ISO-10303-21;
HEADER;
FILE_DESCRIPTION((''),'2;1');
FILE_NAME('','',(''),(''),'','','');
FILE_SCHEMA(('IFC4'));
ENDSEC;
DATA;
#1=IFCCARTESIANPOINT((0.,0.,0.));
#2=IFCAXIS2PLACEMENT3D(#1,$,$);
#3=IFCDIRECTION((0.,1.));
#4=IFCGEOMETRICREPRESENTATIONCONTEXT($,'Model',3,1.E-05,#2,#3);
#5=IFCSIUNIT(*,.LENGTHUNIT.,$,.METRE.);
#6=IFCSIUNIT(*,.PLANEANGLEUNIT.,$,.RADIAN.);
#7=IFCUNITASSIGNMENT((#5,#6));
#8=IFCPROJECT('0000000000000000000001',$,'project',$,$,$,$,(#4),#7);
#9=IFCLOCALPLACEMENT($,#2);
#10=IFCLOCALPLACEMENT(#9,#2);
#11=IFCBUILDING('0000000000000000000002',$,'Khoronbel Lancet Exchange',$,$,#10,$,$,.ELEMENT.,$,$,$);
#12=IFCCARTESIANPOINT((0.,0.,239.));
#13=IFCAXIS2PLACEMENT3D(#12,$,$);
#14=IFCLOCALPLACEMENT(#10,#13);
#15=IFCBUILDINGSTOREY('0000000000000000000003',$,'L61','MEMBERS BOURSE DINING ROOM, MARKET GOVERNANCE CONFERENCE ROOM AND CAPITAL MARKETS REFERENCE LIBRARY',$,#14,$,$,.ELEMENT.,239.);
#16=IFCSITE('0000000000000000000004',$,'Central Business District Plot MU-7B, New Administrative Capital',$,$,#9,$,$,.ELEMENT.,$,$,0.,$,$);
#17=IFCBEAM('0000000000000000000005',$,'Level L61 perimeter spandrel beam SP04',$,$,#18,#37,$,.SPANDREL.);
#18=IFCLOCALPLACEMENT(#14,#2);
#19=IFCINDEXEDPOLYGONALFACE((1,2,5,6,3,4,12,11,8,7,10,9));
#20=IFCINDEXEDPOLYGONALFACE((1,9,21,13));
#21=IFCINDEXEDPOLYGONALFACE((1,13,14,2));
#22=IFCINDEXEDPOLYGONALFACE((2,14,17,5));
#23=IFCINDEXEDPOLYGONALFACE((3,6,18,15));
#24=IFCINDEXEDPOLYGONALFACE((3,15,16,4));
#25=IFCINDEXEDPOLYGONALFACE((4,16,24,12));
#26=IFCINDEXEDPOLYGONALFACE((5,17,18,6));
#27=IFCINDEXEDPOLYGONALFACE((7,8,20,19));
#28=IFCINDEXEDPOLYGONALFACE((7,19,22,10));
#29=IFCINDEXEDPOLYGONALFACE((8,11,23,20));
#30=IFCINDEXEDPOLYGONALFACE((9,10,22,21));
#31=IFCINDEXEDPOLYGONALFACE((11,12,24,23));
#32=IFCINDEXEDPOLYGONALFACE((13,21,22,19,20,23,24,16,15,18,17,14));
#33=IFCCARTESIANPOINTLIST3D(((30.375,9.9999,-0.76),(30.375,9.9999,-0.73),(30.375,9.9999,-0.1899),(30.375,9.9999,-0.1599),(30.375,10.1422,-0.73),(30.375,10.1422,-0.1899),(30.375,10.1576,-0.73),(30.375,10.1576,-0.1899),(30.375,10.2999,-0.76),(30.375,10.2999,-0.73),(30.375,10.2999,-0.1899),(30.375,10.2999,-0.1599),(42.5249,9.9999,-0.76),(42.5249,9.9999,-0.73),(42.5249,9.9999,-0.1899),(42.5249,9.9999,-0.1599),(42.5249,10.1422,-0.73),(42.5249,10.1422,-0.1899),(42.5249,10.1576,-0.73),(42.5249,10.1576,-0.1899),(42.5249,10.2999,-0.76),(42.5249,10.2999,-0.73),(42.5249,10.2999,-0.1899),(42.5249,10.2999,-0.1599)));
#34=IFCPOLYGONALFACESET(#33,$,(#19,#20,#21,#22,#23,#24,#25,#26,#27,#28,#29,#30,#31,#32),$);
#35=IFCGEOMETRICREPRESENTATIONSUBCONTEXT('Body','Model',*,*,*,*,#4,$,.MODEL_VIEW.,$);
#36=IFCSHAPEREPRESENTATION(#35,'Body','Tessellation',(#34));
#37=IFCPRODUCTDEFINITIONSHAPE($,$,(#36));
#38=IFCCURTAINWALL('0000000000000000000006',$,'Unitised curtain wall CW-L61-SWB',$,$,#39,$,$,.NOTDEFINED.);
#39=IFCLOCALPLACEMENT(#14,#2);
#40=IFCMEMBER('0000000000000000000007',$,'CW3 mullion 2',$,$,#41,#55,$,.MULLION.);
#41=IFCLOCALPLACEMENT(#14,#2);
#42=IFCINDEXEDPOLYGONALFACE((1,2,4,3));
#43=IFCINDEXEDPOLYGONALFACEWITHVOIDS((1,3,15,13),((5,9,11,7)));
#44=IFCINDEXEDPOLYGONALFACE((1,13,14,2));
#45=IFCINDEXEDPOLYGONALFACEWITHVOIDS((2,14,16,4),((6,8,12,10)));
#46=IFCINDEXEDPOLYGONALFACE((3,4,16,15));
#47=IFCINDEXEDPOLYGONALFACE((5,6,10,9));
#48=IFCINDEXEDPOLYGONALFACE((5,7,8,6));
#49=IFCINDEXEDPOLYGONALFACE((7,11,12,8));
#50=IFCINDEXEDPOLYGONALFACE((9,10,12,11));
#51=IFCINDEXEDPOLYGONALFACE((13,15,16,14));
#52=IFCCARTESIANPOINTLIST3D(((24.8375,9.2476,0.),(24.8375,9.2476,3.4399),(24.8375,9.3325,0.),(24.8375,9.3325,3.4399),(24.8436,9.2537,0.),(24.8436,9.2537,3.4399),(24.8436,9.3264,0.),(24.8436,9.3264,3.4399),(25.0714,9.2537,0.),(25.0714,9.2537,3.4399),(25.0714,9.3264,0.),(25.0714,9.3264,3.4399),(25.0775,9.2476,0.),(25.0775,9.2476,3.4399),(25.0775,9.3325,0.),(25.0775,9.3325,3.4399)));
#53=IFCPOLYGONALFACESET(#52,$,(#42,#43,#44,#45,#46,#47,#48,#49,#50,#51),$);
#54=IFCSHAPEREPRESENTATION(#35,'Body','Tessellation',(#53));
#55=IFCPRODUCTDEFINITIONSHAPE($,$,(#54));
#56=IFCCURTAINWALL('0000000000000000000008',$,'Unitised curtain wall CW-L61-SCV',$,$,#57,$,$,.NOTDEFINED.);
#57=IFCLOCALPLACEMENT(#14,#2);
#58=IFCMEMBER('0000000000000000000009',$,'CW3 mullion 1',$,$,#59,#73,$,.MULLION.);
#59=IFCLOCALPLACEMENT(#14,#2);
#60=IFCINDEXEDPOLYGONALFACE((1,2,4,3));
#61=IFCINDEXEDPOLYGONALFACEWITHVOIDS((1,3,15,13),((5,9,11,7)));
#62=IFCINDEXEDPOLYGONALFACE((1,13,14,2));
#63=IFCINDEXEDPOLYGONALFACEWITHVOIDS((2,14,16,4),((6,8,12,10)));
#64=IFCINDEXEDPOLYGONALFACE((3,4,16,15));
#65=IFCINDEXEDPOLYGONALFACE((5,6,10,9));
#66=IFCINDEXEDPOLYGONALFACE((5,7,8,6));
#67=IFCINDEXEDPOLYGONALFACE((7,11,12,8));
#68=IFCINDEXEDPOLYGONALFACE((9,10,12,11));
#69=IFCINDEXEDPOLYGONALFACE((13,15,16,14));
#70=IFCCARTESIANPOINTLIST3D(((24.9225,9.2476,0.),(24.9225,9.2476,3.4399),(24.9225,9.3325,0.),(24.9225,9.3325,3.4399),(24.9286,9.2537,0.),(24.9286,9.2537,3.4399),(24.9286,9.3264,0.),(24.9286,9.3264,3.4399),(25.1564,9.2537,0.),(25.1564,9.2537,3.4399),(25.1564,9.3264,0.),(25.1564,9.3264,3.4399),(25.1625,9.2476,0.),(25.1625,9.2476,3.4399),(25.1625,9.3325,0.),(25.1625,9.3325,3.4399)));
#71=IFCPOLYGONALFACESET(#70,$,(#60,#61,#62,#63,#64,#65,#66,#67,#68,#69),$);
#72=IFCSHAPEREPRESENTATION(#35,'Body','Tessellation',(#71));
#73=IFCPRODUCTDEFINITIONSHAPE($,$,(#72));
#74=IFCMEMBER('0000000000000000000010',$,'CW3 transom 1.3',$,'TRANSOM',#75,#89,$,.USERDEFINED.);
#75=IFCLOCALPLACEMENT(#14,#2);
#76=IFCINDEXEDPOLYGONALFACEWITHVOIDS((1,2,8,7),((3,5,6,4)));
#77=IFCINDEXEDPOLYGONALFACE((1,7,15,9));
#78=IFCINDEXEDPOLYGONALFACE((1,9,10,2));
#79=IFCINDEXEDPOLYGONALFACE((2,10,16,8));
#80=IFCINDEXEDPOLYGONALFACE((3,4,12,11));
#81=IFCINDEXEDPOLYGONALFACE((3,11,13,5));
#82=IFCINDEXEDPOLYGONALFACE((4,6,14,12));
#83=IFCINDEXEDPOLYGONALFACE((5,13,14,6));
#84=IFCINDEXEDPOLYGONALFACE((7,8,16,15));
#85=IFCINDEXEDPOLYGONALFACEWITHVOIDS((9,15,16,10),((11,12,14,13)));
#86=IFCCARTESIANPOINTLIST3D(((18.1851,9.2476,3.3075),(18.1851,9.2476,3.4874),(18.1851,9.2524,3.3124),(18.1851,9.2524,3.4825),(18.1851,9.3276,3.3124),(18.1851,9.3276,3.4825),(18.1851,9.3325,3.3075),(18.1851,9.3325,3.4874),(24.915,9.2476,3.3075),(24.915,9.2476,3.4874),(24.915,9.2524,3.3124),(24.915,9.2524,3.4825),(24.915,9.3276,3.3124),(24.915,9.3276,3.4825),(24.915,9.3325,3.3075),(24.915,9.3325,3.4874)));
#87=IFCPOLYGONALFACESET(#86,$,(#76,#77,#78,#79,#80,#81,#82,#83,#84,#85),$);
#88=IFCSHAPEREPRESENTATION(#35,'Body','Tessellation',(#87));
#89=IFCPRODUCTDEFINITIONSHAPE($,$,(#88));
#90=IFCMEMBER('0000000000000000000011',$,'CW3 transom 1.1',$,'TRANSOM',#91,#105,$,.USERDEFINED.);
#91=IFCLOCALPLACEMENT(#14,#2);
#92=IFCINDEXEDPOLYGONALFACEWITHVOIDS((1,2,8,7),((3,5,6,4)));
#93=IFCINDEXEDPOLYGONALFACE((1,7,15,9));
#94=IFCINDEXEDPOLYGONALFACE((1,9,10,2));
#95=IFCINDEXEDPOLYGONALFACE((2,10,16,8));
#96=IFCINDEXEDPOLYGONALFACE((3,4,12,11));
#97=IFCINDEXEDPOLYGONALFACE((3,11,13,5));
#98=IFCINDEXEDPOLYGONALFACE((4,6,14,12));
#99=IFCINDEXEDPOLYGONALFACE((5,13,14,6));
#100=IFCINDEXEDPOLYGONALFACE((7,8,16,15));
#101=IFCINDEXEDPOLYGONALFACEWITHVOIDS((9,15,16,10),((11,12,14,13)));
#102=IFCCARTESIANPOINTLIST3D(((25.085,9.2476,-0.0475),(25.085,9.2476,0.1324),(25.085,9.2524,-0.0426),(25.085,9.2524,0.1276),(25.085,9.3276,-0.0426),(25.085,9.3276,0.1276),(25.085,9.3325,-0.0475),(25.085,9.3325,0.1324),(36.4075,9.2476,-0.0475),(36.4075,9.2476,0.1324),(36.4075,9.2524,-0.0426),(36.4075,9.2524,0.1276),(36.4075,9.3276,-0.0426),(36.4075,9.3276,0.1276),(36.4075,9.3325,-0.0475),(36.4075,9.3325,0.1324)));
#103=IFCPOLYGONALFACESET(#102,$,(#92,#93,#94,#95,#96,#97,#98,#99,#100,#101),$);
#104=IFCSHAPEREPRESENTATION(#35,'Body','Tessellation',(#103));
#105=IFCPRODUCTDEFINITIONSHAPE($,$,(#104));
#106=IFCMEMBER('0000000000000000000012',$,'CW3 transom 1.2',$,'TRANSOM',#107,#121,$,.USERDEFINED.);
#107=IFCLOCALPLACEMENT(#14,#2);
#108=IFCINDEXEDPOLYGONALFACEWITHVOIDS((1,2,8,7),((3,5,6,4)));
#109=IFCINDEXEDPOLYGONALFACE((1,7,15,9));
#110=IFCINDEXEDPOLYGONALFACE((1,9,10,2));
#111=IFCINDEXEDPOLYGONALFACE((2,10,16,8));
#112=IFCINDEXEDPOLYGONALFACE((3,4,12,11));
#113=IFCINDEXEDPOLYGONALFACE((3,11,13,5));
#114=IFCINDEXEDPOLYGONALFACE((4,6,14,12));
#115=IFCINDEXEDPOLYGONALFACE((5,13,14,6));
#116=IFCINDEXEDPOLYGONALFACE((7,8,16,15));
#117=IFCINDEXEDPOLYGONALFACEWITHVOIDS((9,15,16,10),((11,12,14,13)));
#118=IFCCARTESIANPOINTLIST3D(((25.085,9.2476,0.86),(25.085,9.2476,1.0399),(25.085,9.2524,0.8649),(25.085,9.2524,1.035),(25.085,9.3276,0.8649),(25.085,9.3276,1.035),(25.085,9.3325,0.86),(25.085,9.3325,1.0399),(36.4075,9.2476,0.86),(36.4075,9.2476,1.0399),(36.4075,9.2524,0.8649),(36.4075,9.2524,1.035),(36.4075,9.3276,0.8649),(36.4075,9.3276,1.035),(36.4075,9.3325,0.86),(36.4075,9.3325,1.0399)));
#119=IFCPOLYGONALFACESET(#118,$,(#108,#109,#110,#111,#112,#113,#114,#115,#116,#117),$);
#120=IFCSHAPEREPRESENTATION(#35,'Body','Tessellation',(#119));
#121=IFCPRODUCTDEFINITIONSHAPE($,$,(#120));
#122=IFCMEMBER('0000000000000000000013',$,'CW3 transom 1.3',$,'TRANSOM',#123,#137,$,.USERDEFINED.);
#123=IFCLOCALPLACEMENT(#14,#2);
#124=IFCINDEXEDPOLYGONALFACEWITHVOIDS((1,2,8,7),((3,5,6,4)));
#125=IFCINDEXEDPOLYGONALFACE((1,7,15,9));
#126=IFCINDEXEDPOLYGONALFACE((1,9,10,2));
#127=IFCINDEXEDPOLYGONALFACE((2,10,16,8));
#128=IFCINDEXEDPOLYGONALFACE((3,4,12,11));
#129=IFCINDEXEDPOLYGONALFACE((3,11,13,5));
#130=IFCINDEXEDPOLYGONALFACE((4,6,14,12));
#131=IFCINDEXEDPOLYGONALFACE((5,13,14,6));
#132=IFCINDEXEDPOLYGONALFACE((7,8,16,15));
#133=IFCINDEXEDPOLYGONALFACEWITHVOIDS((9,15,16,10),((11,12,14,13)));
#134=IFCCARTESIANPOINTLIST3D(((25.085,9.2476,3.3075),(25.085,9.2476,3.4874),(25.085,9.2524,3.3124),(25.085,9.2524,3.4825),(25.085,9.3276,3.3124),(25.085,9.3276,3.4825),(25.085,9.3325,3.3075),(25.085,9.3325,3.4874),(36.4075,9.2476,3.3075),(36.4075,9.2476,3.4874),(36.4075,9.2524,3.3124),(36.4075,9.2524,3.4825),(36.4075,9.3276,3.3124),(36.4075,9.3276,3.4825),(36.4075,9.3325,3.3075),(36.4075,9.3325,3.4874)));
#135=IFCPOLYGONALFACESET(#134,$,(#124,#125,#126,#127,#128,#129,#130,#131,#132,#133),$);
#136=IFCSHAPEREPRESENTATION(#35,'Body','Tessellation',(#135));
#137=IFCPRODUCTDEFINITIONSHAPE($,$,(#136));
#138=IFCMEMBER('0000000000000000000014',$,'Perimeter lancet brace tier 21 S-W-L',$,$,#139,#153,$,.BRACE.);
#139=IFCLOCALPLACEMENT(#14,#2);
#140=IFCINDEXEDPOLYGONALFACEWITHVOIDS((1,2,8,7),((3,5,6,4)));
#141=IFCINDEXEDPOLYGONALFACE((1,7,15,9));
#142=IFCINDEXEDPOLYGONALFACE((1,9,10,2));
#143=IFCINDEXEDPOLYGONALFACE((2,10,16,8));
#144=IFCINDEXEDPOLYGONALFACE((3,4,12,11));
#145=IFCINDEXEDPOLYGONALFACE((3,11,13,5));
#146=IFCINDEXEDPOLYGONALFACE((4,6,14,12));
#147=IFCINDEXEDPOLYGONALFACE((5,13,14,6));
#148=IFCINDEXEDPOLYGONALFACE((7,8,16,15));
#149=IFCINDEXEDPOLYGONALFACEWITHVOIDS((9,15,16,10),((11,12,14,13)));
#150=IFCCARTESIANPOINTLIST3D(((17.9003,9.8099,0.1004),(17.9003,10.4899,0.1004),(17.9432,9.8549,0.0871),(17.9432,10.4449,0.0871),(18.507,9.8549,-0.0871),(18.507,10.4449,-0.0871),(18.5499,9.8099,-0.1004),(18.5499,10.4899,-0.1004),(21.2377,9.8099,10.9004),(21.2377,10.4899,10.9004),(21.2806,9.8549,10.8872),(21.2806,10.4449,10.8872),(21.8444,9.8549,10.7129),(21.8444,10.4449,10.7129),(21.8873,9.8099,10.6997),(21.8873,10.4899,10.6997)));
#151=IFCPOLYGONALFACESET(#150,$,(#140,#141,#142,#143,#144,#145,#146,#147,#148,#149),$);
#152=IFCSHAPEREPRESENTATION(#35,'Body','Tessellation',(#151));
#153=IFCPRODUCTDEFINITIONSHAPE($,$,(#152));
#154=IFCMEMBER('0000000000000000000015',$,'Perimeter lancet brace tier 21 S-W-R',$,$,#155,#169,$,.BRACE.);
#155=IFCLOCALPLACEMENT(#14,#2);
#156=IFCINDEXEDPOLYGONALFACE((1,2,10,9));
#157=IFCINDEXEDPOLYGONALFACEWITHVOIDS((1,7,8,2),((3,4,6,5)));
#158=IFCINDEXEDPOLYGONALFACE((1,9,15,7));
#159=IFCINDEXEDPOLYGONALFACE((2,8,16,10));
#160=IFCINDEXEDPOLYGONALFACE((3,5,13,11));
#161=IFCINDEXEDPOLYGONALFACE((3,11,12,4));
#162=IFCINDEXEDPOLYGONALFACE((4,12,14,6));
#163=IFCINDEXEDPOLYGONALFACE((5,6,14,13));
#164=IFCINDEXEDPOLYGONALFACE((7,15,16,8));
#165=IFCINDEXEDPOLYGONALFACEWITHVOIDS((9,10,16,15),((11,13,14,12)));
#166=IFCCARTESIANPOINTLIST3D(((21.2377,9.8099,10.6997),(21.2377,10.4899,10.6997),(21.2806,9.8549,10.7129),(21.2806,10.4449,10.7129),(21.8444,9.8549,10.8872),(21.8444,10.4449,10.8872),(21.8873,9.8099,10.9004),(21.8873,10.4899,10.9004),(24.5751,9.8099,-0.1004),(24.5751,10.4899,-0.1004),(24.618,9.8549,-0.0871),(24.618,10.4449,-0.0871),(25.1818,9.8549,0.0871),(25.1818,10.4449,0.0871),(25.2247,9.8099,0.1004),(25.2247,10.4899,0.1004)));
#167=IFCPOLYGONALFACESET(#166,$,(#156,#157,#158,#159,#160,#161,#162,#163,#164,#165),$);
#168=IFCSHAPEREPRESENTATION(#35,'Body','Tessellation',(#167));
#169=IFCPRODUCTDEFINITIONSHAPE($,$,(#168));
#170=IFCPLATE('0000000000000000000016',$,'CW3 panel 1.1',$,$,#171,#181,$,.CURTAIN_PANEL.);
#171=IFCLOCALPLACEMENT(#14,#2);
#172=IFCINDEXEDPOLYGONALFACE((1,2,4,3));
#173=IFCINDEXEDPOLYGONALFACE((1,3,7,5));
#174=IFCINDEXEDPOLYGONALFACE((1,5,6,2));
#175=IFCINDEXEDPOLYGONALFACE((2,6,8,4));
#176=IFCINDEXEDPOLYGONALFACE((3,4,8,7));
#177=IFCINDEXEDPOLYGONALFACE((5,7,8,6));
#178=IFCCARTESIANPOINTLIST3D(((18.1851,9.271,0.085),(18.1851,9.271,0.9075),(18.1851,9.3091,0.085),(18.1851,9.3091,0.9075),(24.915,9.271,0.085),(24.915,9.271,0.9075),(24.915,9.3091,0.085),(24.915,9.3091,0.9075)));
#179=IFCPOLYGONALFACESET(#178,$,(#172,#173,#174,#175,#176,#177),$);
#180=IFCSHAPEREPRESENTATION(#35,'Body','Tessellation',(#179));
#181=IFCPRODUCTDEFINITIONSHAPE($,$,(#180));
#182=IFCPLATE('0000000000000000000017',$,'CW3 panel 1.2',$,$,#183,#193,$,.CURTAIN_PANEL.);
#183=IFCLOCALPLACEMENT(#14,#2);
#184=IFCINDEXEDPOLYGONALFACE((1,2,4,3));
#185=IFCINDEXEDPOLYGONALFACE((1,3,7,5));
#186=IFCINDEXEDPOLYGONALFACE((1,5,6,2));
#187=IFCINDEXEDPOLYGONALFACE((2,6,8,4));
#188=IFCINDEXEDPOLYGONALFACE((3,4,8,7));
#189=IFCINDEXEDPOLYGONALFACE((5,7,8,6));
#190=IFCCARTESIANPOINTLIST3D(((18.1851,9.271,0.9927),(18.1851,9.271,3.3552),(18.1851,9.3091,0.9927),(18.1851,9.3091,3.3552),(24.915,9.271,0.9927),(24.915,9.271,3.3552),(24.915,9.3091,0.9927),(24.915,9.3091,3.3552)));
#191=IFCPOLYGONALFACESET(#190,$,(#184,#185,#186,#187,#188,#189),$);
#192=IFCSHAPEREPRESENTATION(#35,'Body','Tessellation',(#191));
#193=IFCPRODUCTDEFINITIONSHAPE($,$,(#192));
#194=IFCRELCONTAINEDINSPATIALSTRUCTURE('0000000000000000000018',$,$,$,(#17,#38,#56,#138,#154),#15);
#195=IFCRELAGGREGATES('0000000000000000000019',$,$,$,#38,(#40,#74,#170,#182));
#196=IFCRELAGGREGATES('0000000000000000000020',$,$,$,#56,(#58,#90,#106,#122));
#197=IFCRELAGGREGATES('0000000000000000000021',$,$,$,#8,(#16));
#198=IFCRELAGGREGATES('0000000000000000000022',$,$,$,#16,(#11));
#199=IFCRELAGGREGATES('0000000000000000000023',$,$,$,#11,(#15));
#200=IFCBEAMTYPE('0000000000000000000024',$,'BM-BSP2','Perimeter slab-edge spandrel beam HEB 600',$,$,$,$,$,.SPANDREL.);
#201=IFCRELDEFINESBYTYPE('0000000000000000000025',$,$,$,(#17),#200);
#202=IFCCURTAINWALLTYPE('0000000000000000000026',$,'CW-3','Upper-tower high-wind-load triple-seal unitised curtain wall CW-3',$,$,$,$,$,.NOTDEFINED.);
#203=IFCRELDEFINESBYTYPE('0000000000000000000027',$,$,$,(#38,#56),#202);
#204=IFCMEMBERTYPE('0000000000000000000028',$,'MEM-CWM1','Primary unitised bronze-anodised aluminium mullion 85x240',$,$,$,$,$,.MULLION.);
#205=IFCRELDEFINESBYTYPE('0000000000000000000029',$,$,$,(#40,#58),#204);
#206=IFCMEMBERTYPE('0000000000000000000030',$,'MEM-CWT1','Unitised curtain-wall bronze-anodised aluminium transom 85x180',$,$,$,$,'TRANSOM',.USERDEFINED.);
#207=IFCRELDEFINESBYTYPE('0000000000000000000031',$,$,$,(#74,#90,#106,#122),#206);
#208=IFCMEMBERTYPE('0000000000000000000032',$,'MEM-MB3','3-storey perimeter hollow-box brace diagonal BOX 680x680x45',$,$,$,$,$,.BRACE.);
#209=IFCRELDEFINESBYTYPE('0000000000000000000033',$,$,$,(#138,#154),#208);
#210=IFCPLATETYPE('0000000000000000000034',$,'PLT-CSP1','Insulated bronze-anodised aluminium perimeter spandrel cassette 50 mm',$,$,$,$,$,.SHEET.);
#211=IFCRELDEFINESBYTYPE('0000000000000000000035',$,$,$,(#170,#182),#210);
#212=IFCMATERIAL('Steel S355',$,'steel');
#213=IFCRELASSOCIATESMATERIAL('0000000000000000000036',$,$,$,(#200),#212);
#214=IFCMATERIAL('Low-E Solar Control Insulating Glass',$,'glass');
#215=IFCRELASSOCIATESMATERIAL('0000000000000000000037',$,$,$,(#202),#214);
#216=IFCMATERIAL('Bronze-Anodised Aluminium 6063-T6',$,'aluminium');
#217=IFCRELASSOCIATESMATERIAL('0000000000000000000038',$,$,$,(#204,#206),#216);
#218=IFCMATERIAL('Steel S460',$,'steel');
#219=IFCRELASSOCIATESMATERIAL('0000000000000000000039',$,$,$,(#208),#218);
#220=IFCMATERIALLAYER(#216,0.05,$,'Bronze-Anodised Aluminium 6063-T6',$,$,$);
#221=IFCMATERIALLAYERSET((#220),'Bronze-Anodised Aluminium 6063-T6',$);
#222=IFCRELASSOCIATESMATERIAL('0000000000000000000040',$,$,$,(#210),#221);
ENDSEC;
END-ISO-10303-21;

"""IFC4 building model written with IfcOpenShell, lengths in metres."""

from ifc_helpers import new_model, si_unit, direction, frame, origin, origin_2d, place, context, subcontext, project, spatial, rectangle, hollow_rectangle, i_section, extrude, material, layer, layer_set, material_profile, profile_set, type_object, element, aggregate, save


model = new_model("IFC4")

# Units and contexts
model_context = context("Model", 3, precision=1e-05, world=origin(), true_north=direction((0.0, 1.0)))
body_context = subcontext(model_context, "Body", "Model", "MODEL_VIEW")
ifc_project = project(units=[si_unit("LENGTHUNIT", "METRE"), si_unit("PLANEANGLEUNIT", "RADIAN")], contexts=[model_context])

# Site, building, storey
site_placement = place(None, origin())
site = spatial("IfcSite", under=ifc_project, at=site_placement, Name="Central Business District Plot MU-7B, New Administrative Capital", CompositionType="ELEMENT", RefElevation=0.0)
building_placement = place(site_placement, origin())
building = spatial("IfcBuilding", under=site, at=building_placement, Name="Khoronbel Lancet Exchange", CompositionType="ELEMENT")
storey_placement = place(building_placement, frame((0.0, 0.0, 239.0)))
storey = spatial("IfcBuildingStorey", under=building, at=storey_placement, Name="L61", Description="MEMBERS BOURSE DINING ROOM, MARKET GOVERNANCE CONFERENCE ROOM AND CAPITAL MARKETS REFERENCE LIBRARY", CompositionType="ELEMENT", Elevation=239.0)

# Shared definitions
ifc_material_1 = material(Name="Steel S460", Category="steel")

# Beam
ifc_material_2 = material(Name="Steel S355", Category="steel")
ifc_material_profile_1 = material_profile(ifc_material_2, i_section(OverallWidth=0.3, OverallDepth=0.6001, WebThickness=0.0154, FlangeThickness=0.03, at=origin_2d()), Name="HEB 600")
ifc_profile_set_1 = profile_set([ifc_material_profile_1], Name="Steel S355")
beam_type_1 = type_object("IfcBeamType", Name="BM-BSP2", Description="Perimeter slab-edge spandrel beam HEB 600", PredefinedType="SPANDREL", material=ifc_profile_set_1)
beam_1_placement = place(storey_placement, frame((30.375, 10.1499, -0.46), z_axis=(1.0, 0.0, 0.0), x_axis=(0.0, 1.0, 0.0)))
element("IfcBeam", 1, at=beam_1_placement, inside=storey, type_object=beam_type_1, Name="Level L61 perimeter spandrel beam SP04", PredefinedType="SPANDREL", context=body_context, shape_type="SweptSolid", body=[
    extrude(i_section(OverallWidth=0.3, OverallDepth=0.6001, WebThickness=0.0154, FlangeThickness=0.03, at=origin_2d()), origin(), (0.0, 0.0, 1.0), 12.1499),
])

# Curtain walls, members
ifc_material_3 = material(Name="Low-E Solar Control Insulating Glass", Category="glass")
curtain_wall_type = type_object("IfcCurtainWallType", Name="CW-3", Description="Upper-tower high-wind-load triple-seal unitised curtain wall CW-3", PredefinedType="NOTDEFINED", material=ifc_material_3)
curtain_wall_1_placement = place(storey_placement, origin())
curtain_wall_1 = element("IfcCurtainWall", 2, at=curtain_wall_1_placement, inside=storey, type_object=curtain_wall_type, Name="Unitised curtain wall CW-L61-SWB", PredefinedType="NOTDEFINED")
ifc_material_4 = material(Name="Bronze-Anodised Aluminium 6063-T6", Category="aluminium")
ifc_material_profile_2 = material_profile(ifc_material_4, hollow_rectangle(XDim=0.085, YDim=0.24, WallThickness=0.0061, at=origin_2d()), Name="ALU MULLION 85x240")
ifc_profile_set_2 = profile_set([ifc_material_profile_2], Name="Bronze-Anodised Aluminium 6063-T6")
member_type_1 = type_object("IfcMemberType", Name="MEM-CWM1", Description="Primary unitised bronze-anodised aluminium mullion 85x240", PredefinedType="MULLION", material=ifc_profile_set_2)
member_1_placement = place(storey_placement, frame((24.9575, 9.29, 0.0), z_axis=(0.0, 0.0, 1.0), x_axis=(0.0, 1.0, 0.0)))
member_1 = element("IfcMember", 3, at=member_1_placement, type_object=member_type_1, Name="CW3 mullion 2", PredefinedType="MULLION", context=body_context, shape_type="SweptSolid", body=[
    extrude(hollow_rectangle(XDim=0.085, YDim=0.24, WallThickness=0.0061, at=origin_2d()), origin(), (0.0, 0.0, 1.0), 3.4399),
])
curtain_wall_2_placement = place(storey_placement, origin())
curtain_wall_2 = element("IfcCurtainWall", 4, at=curtain_wall_2_placement, inside=storey, type_object=curtain_wall_type, Name="Unitised curtain wall CW-L61-SCV", PredefinedType="NOTDEFINED")
member_2_placement = place(storey_placement, frame((25.0425, 9.29, 0.0), z_axis=(0.0, 0.0, 1.0), x_axis=(0.0, 1.0, 0.0)))
member_2 = element("IfcMember", 5, at=member_2_placement, type_object=member_type_1, Name="CW3 mullion 1", PredefinedType="MULLION", context=body_context, shape_type="SweptSolid", body=[
    extrude(hollow_rectangle(XDim=0.085, YDim=0.24, WallThickness=0.0061, at=origin_2d()), origin(), (0.0, 0.0, 1.0), 3.4399),
])

# Members
ifc_material_profile_3 = material_profile(ifc_material_4, hollow_rectangle(XDim=0.085, YDim=0.1799, WallThickness=0.0049, at=origin_2d()), Name="ALU TRANSOM 85x180")
ifc_profile_set_3 = profile_set([ifc_material_profile_3], Name="Bronze-Anodised Aluminium 6063-T6")
member_type_2 = type_object("IfcMemberType", Name="MEM-CWT1", Description="Unitised curtain-wall bronze-anodised aluminium transom 85x180", ElementType="TRANSOM", PredefinedType="USERDEFINED", material=ifc_profile_set_3)
member_3_placement = place(storey_placement, frame((18.1851, 9.29, 3.3975), z_axis=(1.0, 0.0, 0.0), x_axis=(0.0, 1.0, 0.0)))
member_3 = element("IfcMember", 6, at=member_3_placement, type_object=member_type_2, Name="CW3 transom 1.3", ObjectType="TRANSOM", PredefinedType="USERDEFINED", context=body_context, shape_type="SweptSolid", body=[
    extrude(hollow_rectangle(XDim=0.085, YDim=0.1799, WallThickness=0.0049, at=origin_2d()), origin(), (0.0, 0.0, 1.0), 6.73),
])
member_4_placement = place(storey_placement, frame((25.085, 9.29, 0.0425), z_axis=(1.0, 0.0, 0.0), x_axis=(0.0, 1.0, 0.0)))
member_4 = element("IfcMember", 7, at=member_4_placement, type_object=member_type_2, Name="CW3 transom 1.1", ObjectType="TRANSOM", PredefinedType="USERDEFINED", context=body_context, shape_type="SweptSolid", body=[
    extrude(hollow_rectangle(XDim=0.085, YDim=0.1799, WallThickness=0.0049, at=origin_2d()), origin(), (0.0, 0.0, 1.0), 11.3225),
])
member_5_placement = place(storey_placement, frame((25.085, 9.29, 0.95), z_axis=(1.0, 0.0, 0.0), x_axis=(0.0, 1.0, 0.0)))
member_5 = element("IfcMember", 8, at=member_5_placement, type_object=member_type_2, Name="CW3 transom 1.2", ObjectType="TRANSOM", PredefinedType="USERDEFINED", context=body_context, shape_type="SweptSolid", body=[
    extrude(hollow_rectangle(XDim=0.085, YDim=0.1799, WallThickness=0.0049, at=origin_2d()), origin(), (0.0, 0.0, 1.0), 11.3225),
])
member_6_placement = place(storey_placement, frame((25.085, 9.29, 3.3975), z_axis=(1.0, 0.0, 0.0), x_axis=(0.0, 1.0, 0.0)))
member_6 = element("IfcMember", 9, at=member_6_placement, type_object=member_type_2, Name="CW3 transom 1.3", ObjectType="TRANSOM", PredefinedType="USERDEFINED", context=body_context, shape_type="SweptSolid", body=[
    extrude(hollow_rectangle(XDim=0.085, YDim=0.1799, WallThickness=0.0049, at=origin_2d()), origin(), (0.0, 0.0, 1.0), 11.3225),
])

# Members
ifc_material_profile_4 = material_profile(ifc_material_1, hollow_rectangle(XDim=0.6799, YDim=0.6799, WallThickness=0.0449, at=origin_2d()), Name="BOX 680x680x45")
ifc_profile_set_4 = profile_set([ifc_material_profile_4], Name="Steel S460")
member_type_3 = type_object("IfcMemberType", Name="MEM-MB3", Description="3-storey perimeter hollow-box brace diagonal BOX 680x680x45", PredefinedType="BRACE", material=ifc_profile_set_4)
for number, where, z_axis, x_axis, name in (
    (10, (18.2251, 10.1499, 0.0), (0.295242, 0.0, 0.955422), (0.0, 1.0, 0.0), "Perimeter lancet brace tier 21 S-W-L"),
    (11, (24.8999, 10.1499, 0.0), (-0.295242, 0.0, 0.955422), (0.0, -1.0, 0.0), "Perimeter lancet brace tier 21 S-W-R"),
):
    element("IfcMember", number, at=place(storey_placement, frame(where, z_axis=z_axis, x_axis=x_axis)), inside=storey, type_object=member_type_3, Name=name, PredefinedType="BRACE", context=body_context, shape_type="SweptSolid", body=[
        extrude(hollow_rectangle(XDim=0.6799, YDim=0.6799, WallThickness=0.0449, at=origin_2d()), origin(), (0.0, 0.0, 1.0), 11.304),
    ])

# Plates
ifc_layer_1 = layer(ifc_material_4, 0.05, Name="Bronze-Anodised Aluminium 6063-T6")
ifc_layer_set_1 = layer_set([ifc_layer_1], Name="Bronze-Anodised Aluminium 6063-T6")
plate_type_1 = type_object("IfcPlateType", Name="PLT-CSP1", Description="Insulated bronze-anodised aluminium perimeter spandrel cassette 50 mm", PredefinedType="SHEET", material=ifc_layer_set_1)
plate_1_placement = place(storey_placement, frame((21.55, 9.29, 0.085), z_axis=(0.0, 0.0, 1.0), x_axis=(1.0, 0.0, 0.0)))
plate_1 = element("IfcPlate", 12, at=plate_1_placement, type_object=plate_type_1, Name="CW3 panel 1.1", PredefinedType="CURTAIN_PANEL", context=body_context, shape_type="SweptSolid", body=[
    extrude(rectangle(XDim=6.73, YDim=0.0381, at=origin_2d()), origin(), (0.0, 0.0, 1.0), 0.8225),
])
plate_2_placement = place(storey_placement, frame((21.55, 9.29, 0.9927), z_axis=(0.0, 0.0, 1.0), x_axis=(1.0, 0.0, 0.0)))
plate_2 = element("IfcPlate", 13, at=plate_2_placement, type_object=plate_type_1, Name="CW3 panel 1.2", PredefinedType="CURTAIN_PANEL", context=body_context, shape_type="SweptSolid", body=[
    extrude(rectangle(XDim=6.73, YDim=0.0381, at=origin_2d()), origin(), (0.0, 0.0, 1.0), 2.3625),
])
aggregate(curtain_wall_1, [member_1, member_3, plate_1, plate_2])
aggregate(curtain_wall_2, [member_2, member_4, member_5, member_6])

save(model, "model.ifc")
